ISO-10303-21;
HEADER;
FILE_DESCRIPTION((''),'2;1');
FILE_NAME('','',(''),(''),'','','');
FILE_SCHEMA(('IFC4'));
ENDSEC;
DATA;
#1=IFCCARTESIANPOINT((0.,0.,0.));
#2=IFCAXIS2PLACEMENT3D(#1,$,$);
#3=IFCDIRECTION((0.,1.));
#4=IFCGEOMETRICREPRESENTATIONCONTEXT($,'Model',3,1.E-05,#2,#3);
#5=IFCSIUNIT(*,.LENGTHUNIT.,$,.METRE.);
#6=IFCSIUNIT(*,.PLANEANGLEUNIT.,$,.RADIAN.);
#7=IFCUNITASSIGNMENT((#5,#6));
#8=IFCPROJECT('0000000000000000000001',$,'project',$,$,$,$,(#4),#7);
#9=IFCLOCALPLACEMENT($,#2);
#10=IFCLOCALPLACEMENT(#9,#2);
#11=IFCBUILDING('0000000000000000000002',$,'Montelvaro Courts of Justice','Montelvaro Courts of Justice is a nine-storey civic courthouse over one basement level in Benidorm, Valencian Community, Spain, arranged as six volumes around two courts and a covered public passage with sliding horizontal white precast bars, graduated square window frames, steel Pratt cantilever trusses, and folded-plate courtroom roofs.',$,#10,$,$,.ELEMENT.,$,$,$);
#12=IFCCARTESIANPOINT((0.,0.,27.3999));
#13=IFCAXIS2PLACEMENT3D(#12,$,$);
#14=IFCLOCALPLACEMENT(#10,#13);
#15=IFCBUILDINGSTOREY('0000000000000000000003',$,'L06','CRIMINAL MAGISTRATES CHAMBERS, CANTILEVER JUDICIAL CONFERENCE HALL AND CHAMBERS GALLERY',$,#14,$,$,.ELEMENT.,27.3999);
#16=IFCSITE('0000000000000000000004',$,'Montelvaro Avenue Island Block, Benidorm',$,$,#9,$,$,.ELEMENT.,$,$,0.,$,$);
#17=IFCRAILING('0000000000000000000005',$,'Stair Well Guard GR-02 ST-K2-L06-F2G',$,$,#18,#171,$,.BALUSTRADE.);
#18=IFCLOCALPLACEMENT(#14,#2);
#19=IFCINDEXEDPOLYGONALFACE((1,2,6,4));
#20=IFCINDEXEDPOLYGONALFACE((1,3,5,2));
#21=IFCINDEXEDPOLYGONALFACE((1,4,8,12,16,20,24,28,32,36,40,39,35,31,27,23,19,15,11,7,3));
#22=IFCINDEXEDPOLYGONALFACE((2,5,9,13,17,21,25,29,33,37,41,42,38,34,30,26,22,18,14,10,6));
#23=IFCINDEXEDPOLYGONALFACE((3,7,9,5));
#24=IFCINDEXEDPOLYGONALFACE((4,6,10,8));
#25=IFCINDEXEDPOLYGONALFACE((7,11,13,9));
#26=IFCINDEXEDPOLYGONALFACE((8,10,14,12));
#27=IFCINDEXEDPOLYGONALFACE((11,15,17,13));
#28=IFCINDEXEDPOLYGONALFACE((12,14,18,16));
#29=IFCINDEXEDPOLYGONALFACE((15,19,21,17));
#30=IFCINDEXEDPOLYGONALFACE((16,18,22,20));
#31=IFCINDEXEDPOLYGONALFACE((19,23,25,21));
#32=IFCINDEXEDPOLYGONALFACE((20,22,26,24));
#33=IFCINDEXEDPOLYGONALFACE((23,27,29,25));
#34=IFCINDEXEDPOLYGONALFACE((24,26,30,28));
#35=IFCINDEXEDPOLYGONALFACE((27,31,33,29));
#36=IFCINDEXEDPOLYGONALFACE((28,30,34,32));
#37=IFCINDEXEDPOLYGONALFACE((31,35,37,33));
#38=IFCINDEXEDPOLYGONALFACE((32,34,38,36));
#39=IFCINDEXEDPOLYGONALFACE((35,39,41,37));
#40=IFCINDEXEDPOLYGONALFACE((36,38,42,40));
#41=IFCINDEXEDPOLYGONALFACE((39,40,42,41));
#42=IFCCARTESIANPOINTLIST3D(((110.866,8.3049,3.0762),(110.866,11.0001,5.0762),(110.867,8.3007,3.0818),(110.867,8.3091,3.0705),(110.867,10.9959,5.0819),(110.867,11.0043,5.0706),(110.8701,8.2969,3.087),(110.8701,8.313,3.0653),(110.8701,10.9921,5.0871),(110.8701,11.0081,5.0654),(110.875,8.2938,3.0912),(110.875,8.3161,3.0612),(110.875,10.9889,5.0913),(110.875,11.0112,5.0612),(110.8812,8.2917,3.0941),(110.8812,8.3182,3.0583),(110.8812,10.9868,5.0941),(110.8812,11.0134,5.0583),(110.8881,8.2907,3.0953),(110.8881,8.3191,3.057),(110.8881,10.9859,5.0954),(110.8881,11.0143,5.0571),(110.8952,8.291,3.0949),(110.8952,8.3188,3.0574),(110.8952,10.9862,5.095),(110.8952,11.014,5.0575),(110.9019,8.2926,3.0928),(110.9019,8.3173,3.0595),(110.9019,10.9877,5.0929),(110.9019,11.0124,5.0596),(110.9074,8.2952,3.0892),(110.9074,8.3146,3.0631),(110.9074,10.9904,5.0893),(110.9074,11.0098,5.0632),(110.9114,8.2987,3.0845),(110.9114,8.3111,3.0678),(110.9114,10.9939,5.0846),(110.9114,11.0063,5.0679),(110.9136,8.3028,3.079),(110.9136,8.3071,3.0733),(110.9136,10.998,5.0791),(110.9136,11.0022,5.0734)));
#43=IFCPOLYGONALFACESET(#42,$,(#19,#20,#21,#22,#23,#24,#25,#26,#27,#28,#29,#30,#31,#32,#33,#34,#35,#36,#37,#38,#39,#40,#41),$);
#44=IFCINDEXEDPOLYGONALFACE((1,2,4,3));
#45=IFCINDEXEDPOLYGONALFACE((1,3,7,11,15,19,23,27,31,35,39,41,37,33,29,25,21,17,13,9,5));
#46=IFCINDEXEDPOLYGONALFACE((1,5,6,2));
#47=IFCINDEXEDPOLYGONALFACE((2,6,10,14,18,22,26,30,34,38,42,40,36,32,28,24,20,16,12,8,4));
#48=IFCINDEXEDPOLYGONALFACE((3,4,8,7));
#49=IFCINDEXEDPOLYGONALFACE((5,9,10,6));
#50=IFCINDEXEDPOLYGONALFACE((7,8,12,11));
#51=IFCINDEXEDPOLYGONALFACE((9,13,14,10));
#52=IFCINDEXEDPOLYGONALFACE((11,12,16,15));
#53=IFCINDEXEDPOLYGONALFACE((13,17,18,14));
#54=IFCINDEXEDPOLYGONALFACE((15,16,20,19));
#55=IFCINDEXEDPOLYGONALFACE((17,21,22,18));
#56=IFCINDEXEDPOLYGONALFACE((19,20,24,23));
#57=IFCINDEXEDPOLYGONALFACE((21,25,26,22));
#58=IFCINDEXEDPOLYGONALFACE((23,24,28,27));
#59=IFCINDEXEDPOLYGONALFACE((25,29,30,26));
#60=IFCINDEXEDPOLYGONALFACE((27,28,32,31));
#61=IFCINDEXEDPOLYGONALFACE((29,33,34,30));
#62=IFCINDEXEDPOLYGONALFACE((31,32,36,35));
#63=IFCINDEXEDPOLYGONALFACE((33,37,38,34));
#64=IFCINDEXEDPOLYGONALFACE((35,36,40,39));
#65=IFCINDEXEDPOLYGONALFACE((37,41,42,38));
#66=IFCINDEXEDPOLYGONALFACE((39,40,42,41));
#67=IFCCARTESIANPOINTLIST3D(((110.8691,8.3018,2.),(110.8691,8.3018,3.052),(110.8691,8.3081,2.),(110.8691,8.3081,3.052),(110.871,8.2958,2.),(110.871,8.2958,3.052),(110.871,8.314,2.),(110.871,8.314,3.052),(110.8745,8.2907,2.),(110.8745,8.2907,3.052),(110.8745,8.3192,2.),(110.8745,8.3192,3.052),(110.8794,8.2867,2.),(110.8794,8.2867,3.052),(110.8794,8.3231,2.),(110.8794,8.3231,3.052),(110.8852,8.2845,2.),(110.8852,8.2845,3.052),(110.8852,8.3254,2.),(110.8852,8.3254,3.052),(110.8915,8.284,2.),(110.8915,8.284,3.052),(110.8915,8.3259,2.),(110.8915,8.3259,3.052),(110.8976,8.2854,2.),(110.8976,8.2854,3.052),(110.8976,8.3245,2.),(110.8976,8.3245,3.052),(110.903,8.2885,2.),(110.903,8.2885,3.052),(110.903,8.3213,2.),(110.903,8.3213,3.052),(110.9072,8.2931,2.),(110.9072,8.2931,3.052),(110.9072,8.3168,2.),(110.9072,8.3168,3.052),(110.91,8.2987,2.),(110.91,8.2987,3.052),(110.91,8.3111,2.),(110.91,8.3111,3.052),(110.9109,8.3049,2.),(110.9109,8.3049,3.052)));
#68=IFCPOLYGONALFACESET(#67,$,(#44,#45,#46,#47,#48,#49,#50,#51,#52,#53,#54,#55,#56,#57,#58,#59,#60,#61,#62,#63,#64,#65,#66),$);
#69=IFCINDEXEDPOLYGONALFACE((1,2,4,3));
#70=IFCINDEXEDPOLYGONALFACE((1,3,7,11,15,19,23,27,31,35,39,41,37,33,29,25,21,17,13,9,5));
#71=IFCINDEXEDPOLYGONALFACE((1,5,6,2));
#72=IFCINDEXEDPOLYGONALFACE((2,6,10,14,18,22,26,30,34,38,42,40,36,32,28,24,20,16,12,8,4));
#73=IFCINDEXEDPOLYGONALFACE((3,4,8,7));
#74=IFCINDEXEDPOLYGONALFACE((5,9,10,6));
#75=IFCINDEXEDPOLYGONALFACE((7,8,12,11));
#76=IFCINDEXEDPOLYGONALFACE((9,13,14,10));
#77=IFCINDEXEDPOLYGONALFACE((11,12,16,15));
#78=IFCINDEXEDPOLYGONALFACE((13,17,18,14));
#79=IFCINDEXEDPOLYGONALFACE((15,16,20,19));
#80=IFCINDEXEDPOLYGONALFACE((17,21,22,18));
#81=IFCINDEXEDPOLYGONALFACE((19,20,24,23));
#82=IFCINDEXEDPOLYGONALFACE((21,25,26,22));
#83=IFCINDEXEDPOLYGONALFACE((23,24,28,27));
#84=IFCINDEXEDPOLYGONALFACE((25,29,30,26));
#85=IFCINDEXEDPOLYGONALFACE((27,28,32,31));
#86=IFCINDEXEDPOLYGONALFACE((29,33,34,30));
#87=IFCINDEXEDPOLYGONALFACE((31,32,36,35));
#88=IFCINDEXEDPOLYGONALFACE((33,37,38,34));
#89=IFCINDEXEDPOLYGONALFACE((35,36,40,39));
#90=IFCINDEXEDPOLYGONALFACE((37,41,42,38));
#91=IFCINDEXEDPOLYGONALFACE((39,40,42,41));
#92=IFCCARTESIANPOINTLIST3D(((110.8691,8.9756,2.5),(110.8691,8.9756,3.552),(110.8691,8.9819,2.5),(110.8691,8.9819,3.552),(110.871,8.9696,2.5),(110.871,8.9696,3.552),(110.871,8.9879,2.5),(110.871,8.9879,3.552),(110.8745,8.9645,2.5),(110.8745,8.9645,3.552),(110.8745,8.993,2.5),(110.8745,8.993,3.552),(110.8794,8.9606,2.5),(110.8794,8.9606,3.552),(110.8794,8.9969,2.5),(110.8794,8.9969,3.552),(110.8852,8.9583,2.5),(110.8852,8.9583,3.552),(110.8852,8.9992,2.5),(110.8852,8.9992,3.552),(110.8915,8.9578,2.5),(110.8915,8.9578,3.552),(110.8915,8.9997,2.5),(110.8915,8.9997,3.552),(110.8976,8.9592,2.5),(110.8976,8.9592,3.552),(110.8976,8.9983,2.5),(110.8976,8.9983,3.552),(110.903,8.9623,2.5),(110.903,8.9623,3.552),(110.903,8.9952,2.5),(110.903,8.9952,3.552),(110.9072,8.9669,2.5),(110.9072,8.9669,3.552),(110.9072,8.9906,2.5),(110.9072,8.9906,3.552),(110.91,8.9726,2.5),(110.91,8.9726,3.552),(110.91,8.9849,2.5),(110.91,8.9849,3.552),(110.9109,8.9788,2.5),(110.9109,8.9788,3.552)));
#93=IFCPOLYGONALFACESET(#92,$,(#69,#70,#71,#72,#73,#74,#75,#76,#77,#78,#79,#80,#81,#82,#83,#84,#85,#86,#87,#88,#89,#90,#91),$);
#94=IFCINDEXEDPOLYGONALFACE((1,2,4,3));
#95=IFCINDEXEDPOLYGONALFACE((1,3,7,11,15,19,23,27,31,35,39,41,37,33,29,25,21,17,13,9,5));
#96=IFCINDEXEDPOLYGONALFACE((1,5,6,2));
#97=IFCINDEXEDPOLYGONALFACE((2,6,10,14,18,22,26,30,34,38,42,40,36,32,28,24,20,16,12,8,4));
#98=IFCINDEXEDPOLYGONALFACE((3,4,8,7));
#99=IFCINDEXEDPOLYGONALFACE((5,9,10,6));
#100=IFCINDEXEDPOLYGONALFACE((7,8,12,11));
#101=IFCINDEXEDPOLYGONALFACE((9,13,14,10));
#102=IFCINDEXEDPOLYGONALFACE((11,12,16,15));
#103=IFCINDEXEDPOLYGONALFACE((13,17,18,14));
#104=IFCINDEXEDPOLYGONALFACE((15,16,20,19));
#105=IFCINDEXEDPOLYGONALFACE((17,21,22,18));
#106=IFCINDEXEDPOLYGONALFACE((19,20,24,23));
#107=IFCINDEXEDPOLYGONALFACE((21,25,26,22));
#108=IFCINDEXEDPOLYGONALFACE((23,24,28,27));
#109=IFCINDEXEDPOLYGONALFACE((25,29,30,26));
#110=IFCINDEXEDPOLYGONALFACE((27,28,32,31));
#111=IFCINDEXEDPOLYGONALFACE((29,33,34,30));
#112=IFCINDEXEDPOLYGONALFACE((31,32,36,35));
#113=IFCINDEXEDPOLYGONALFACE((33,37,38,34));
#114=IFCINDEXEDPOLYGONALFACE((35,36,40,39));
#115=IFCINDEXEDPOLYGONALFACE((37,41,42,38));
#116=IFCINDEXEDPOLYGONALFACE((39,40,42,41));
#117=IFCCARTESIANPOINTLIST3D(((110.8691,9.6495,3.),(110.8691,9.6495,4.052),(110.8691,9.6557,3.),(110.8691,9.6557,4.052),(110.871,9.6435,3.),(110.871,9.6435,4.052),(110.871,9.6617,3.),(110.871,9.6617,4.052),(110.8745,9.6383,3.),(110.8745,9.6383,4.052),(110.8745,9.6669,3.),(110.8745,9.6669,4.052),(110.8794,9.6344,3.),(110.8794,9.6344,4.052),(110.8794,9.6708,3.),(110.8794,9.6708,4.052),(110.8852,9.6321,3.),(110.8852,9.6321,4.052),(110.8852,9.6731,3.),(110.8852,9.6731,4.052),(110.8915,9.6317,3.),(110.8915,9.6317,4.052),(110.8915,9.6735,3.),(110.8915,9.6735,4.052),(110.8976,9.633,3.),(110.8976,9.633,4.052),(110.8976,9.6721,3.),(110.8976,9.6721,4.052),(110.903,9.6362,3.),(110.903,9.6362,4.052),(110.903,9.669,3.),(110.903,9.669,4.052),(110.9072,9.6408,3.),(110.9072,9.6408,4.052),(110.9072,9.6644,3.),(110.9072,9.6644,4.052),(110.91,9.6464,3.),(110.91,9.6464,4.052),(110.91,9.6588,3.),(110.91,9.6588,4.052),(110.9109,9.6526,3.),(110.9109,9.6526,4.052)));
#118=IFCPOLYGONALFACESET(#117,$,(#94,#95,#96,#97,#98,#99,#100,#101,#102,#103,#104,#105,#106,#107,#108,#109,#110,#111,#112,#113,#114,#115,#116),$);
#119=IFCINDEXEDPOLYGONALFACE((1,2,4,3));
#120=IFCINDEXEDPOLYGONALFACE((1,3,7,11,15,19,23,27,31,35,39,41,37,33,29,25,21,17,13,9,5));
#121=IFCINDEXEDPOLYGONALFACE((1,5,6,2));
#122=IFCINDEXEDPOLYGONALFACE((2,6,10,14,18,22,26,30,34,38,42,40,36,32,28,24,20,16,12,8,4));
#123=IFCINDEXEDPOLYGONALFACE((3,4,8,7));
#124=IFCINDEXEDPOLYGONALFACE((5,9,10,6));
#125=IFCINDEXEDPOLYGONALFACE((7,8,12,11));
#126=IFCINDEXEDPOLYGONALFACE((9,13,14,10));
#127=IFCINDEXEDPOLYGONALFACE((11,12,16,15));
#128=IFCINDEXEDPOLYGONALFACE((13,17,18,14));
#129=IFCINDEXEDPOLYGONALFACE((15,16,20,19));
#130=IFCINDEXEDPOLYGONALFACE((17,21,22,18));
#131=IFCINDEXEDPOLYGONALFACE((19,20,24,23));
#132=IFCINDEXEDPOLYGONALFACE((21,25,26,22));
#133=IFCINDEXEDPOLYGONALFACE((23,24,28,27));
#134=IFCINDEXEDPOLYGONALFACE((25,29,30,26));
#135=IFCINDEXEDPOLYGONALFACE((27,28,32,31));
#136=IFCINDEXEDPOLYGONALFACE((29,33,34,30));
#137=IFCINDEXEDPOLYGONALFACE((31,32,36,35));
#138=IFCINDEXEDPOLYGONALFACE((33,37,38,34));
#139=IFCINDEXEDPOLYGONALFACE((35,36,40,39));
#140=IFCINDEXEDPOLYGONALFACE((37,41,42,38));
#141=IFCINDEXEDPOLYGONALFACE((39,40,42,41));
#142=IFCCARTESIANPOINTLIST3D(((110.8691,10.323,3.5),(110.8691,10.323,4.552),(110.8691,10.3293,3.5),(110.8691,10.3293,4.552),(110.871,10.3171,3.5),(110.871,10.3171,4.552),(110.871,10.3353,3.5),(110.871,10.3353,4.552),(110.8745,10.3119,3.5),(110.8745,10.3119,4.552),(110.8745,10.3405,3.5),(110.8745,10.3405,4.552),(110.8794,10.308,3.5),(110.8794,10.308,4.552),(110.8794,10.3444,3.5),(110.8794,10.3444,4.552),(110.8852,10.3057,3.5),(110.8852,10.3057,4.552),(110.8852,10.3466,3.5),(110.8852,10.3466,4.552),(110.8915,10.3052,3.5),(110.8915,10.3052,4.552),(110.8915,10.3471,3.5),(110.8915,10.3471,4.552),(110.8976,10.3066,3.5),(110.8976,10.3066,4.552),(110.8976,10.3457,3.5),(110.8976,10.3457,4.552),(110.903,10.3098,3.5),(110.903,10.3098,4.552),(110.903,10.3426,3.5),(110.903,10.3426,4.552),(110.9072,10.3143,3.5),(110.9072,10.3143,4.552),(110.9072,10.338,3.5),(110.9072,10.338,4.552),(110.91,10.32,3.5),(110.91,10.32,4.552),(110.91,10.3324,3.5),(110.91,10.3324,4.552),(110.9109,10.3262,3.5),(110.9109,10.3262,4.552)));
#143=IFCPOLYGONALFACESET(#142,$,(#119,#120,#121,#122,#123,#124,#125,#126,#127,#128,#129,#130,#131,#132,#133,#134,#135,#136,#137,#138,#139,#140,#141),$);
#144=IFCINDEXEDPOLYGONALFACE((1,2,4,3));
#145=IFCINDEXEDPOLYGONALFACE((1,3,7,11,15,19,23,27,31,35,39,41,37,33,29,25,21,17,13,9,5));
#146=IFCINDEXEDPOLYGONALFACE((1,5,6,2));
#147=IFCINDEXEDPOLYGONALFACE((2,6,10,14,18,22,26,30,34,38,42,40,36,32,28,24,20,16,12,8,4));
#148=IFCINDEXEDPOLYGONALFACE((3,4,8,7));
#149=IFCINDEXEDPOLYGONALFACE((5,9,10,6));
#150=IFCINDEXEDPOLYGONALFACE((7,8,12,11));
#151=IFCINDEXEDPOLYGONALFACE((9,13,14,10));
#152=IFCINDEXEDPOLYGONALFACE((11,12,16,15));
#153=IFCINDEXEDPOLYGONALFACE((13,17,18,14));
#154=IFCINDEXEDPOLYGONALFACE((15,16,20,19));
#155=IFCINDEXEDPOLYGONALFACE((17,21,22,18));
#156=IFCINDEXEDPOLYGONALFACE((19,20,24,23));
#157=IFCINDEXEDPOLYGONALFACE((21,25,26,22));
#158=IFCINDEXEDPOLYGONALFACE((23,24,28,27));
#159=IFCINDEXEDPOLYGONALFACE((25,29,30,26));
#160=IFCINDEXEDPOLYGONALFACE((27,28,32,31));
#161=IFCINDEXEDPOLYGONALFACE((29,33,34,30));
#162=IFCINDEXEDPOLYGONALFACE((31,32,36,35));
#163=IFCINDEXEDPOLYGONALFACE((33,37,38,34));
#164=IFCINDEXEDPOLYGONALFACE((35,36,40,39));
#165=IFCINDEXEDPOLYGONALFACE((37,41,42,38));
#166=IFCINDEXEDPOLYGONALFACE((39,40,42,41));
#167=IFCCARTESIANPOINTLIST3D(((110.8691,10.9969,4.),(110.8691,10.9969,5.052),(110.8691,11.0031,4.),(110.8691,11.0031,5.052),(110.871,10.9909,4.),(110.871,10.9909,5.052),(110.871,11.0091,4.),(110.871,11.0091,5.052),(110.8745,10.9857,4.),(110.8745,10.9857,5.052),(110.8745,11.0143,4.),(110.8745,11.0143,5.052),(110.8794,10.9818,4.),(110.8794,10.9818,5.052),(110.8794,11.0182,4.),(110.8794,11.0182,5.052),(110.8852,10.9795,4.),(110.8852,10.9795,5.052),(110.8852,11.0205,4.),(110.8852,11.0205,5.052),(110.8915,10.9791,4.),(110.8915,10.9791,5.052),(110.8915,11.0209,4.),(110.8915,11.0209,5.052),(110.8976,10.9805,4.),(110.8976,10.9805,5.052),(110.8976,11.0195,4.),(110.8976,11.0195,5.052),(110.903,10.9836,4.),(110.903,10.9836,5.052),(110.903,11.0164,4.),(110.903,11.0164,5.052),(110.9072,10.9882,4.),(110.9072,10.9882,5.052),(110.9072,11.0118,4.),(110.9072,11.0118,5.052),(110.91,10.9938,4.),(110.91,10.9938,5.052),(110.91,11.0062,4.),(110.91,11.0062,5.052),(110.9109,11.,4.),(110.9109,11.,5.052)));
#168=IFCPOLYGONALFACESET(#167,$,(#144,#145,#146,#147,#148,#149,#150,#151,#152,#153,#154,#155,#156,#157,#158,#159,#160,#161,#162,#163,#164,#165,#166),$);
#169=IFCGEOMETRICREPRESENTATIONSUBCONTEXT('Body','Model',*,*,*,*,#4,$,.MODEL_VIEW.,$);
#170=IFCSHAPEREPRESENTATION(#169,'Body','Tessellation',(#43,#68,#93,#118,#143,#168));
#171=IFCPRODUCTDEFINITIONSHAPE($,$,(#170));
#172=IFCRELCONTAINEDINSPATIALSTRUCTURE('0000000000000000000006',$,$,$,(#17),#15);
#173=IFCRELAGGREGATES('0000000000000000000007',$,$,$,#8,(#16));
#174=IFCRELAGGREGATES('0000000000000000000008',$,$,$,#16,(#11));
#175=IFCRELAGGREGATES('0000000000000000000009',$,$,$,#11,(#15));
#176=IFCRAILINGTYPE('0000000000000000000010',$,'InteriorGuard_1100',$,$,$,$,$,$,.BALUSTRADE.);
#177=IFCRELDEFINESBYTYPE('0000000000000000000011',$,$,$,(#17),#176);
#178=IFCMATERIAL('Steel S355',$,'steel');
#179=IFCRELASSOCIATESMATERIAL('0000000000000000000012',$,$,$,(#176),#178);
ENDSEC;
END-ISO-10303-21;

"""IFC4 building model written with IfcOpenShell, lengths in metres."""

from ifc_helpers import new_model, si_unit, direction, frame, origin, origin_2d, place, context, subcontext, project, spatial, circle, extrude, material, type_object, element, save


model = new_model("IFC4")

# Units and contexts
model_context = context("Model", 3, precision=1e-05, world=origin(), true_north=direction((0.0, 1.0)))
body_context = subcontext(model_context, "Body", "Model", "MODEL_VIEW")
ifc_project = project(units=[si_unit("LENGTHUNIT", "METRE"), si_unit("PLANEANGLEUNIT", "RADIAN")], contexts=[model_context])

# Site, building, storey
site_placement = place(None, origin())
site = spatial("IfcSite", under=ifc_project, at=site_placement, Name="Montelvaro Avenue Island Block, Benidorm", CompositionType="ELEMENT", RefElevation=0.0)
building_placement = place(site_placement, origin())
building = spatial("IfcBuilding", under=site, at=building_placement, Name="Montelvaro Courts of Justice", Description="Montelvaro Courts of Justice is a nine-storey civic courthouse over one basement level in Benidorm, Valencian Community, Spain, arranged as six volumes around two courts and a covered public passage with sliding horizontal white precast bars, graduated square window frames, steel Pratt cantilever trusses, and folded-plate courtroom roofs.", CompositionType="ELEMENT")
storey_placement = place(building_placement, frame((0.0, 0.0, 27.3999)))
storey = spatial("IfcBuildingStorey", under=building, at=storey_placement, Name="L06", Description="CRIMINAL MAGISTRATES CHAMBERS, CANTILEVER JUDICIAL CONFERENCE HALL AND CHAMBERS GALLERY", CompositionType="ELEMENT", Elevation=27.3999)

# Shared definitions
ifc_material_1 = material(Name="Steel S355", Category="steel")

# Railing
railing_type_1 = type_object("IfcRailingType", Name="InteriorGuard_1100", PredefinedType="BALUSTRADE", material=ifc_material_1)
railing_1_placement = place(storey_placement, frame((110.8899, 8.3049, 2.0)))
element("IfcRailing", 1, at=railing_1_placement, inside=storey, type_object=railing_type_1, Name="Stair Well Guard GR-02 ST-K2-L06-F2G", PredefinedType="BALUSTRADE", context=body_context, shape_type="SweptSolid", body=[
    extrude(circle(Radius=0.0239, at=origin_2d()), frame((0.0, 0.0, 1.0762), z_axis=(0.0, 0.803036, 0.59593), x_axis=(-1.0, 0.0, 0.0)), (0.0, 0.0, 1.0), 3.3562),
    extrude(circle(Radius=0.021, at=origin_2d()), origin(), (0.0, 0.0, 1.0), 1.052),
    extrude(circle(Radius=0.021, at=origin_2d()), frame((0.0, 0.6738, 0.5)), (0.0, 0.0, 1.0), 1.052),
    extrude(circle(Radius=0.021, at=origin_2d()), frame((0.0, 1.3477, 1.0)), (0.0, 0.0, 1.0), 1.052),
    extrude(circle(Radius=0.021, at=origin_2d()), frame((0.0, 2.0212, 1.5)), (0.0, 0.0, 1.0), 1.052),
    extrude(circle(Radius=0.021, at=origin_2d()), frame((0.0, 2.6951, 2.0)), (0.0, 0.0, 1.0), 1.052),
])

save(model, "model.ifc")
